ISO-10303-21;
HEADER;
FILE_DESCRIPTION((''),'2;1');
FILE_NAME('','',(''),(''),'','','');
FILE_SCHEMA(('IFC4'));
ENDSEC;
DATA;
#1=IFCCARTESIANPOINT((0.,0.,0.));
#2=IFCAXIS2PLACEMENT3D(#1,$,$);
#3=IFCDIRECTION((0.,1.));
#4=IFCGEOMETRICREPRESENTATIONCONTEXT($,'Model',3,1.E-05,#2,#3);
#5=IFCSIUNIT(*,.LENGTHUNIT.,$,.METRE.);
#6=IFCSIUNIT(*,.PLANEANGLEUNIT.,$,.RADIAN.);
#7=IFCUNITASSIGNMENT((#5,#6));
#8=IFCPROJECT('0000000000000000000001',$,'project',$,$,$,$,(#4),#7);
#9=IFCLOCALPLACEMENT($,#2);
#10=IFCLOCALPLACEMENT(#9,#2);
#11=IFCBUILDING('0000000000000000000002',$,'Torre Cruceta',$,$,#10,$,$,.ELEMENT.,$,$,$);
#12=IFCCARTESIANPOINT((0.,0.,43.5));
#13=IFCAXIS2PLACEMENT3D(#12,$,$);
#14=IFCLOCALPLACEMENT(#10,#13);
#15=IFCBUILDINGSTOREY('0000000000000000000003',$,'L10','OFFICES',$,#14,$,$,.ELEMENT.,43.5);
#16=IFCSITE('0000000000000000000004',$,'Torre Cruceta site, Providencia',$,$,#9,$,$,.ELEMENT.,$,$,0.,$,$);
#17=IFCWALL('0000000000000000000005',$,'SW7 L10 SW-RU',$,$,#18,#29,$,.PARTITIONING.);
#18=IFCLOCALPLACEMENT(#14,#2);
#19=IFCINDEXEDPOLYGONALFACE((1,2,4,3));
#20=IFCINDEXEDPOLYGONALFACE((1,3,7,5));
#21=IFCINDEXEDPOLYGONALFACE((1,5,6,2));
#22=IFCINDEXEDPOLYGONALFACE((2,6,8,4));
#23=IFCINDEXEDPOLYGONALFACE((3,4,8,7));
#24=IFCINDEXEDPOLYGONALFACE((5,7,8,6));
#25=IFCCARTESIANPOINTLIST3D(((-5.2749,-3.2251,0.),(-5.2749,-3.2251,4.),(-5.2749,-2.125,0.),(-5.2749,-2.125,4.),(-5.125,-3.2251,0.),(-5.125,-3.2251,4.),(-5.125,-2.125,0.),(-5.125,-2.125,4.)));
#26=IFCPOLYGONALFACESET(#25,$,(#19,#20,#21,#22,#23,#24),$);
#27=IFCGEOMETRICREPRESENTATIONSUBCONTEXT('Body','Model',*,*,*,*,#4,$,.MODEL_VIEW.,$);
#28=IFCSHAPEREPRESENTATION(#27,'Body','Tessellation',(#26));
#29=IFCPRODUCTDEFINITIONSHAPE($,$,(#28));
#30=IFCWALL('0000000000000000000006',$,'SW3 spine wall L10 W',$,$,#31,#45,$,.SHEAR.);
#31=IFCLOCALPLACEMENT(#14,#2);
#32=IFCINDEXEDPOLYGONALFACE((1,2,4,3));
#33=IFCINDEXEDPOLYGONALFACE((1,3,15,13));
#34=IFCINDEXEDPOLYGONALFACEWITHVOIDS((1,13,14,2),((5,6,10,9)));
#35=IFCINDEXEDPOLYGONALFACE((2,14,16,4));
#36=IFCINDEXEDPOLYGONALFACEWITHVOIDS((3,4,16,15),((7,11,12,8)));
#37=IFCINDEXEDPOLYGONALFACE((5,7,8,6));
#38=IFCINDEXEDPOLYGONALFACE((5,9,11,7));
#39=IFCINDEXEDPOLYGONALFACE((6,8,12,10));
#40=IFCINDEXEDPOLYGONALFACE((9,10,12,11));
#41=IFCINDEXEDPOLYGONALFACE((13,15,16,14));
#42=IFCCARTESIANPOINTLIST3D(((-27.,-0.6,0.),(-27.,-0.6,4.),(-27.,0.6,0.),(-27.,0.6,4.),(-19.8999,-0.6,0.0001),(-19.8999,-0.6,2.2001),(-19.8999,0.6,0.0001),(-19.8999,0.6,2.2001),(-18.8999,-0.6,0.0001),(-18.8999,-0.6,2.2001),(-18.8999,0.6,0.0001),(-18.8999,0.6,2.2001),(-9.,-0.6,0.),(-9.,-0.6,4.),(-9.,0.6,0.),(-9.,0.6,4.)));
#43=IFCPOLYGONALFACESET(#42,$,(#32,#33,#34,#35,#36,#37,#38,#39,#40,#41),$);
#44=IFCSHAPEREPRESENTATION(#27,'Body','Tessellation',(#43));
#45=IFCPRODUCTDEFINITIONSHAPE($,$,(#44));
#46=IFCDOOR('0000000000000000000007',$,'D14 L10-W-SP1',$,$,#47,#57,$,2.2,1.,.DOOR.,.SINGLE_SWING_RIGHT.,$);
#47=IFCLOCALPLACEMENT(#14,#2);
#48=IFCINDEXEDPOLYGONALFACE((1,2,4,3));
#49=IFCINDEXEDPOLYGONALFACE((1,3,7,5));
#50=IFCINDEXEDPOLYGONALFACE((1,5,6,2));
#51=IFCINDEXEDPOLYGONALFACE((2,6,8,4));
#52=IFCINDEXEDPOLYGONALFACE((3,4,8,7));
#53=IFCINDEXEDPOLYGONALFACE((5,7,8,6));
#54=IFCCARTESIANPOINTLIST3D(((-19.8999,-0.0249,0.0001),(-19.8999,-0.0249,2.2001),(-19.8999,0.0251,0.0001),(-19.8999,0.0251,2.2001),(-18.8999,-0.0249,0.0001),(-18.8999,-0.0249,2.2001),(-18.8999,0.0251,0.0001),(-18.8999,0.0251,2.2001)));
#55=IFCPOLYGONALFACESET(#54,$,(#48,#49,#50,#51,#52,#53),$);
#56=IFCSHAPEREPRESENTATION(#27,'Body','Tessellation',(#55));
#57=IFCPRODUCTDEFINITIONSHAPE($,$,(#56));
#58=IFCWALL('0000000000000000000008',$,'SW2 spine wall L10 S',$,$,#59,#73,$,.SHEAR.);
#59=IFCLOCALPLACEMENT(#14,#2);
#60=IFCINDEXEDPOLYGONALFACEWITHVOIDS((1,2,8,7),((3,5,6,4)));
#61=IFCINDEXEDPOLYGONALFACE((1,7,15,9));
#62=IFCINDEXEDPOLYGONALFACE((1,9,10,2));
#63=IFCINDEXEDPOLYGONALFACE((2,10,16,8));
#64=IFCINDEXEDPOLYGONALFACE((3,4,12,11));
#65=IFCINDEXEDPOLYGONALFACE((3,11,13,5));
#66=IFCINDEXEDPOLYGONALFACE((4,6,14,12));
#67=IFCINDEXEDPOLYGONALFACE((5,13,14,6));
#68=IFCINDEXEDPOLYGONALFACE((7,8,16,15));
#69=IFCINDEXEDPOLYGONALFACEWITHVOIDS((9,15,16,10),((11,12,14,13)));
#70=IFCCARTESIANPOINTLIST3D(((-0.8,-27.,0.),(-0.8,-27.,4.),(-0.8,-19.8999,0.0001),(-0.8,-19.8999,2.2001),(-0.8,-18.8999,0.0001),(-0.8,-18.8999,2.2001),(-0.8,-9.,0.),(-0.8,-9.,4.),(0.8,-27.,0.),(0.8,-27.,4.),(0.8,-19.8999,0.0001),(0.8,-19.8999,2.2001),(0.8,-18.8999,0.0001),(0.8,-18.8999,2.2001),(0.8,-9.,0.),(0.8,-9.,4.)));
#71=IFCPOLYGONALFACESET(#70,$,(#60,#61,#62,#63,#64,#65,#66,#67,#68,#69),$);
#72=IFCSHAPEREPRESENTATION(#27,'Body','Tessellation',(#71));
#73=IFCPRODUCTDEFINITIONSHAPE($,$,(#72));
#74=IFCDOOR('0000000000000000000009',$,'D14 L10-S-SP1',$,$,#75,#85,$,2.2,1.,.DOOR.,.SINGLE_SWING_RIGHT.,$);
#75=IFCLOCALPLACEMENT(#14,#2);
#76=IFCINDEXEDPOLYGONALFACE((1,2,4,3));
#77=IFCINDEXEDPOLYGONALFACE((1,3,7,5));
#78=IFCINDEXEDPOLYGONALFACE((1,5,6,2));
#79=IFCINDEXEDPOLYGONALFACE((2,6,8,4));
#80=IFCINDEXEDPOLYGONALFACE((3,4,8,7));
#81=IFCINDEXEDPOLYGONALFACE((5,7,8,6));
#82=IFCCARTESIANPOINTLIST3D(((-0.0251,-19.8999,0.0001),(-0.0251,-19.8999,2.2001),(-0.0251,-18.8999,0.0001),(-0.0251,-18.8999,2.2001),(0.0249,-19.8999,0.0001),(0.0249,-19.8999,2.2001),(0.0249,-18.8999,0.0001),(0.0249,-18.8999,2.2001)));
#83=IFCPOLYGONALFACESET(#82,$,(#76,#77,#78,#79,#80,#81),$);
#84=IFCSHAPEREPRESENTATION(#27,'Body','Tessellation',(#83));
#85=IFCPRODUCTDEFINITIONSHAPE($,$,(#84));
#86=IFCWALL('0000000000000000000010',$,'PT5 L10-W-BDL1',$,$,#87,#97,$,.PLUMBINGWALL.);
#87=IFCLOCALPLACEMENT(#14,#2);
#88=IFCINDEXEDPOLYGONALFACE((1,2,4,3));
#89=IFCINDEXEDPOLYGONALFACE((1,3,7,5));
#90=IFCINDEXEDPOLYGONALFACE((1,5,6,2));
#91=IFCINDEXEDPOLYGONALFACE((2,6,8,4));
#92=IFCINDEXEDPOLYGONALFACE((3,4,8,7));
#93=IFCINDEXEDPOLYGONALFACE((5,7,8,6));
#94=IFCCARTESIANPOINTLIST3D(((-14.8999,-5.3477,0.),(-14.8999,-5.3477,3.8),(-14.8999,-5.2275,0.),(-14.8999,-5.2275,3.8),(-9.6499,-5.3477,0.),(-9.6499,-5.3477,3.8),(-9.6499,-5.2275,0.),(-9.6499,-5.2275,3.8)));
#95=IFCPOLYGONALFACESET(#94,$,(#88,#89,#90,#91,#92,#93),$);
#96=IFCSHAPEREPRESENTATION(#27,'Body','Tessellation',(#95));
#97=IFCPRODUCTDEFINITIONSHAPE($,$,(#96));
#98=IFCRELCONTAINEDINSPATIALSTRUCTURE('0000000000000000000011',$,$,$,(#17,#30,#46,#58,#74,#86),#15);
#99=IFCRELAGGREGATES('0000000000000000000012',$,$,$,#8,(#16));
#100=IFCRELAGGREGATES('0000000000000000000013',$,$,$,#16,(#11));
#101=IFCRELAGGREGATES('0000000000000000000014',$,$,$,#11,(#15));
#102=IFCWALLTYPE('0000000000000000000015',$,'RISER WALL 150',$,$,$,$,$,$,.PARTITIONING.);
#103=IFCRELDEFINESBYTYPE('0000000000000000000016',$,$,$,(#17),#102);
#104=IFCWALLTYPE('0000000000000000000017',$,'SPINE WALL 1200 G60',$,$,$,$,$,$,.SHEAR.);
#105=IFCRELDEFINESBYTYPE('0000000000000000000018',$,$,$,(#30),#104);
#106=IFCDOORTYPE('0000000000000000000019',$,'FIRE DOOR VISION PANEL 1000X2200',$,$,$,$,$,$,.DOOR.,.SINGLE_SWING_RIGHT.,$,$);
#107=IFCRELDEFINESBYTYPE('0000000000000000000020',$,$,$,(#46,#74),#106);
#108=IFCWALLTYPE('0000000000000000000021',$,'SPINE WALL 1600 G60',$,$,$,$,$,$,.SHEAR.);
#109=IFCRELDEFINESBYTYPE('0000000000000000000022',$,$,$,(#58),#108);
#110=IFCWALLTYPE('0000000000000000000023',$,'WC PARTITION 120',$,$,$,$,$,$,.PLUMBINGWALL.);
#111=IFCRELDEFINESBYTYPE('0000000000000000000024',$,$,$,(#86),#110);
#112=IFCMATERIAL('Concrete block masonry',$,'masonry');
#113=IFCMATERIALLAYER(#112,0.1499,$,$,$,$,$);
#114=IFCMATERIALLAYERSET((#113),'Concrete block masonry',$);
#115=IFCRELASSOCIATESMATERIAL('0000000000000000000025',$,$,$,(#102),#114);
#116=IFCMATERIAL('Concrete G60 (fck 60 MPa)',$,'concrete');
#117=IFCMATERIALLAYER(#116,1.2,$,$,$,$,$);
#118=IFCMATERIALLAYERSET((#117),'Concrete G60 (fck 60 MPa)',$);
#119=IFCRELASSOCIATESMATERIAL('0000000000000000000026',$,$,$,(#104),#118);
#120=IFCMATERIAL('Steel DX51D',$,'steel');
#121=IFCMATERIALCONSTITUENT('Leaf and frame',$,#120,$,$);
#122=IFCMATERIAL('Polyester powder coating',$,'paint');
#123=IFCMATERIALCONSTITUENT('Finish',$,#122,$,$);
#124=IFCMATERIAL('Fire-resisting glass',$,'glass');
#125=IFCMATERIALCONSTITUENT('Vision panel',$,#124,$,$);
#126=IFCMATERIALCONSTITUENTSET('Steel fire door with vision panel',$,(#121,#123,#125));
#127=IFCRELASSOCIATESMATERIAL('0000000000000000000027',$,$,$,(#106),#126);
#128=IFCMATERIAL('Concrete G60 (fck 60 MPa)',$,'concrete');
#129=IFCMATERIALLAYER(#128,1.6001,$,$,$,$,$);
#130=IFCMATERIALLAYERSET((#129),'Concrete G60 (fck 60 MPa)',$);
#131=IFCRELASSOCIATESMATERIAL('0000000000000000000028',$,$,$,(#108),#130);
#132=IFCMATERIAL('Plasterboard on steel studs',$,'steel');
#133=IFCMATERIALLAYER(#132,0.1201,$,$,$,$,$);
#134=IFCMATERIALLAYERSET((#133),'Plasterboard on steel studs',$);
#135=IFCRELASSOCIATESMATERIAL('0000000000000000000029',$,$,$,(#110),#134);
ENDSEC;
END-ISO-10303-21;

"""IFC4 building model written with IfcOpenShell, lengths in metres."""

from ifc_helpers import new_model, si_unit, direction, frame, frame_2d, origin, place, context, subcontext, project, spatial, rectangle, extrude, material, layer, layer_set, constituent, constituent_set, type_object, element, fill, save


model = new_model("IFC4")

# Units and contexts
model_context = context("Model", 3, precision=1e-05, world=origin(), true_north=direction((0.0, 1.0)))
body_context = subcontext(model_context, "Body", "Model", "MODEL_VIEW")
ifc_project = project(units=[si_unit("LENGTHUNIT", "METRE"), si_unit("PLANEANGLEUNIT", "RADIAN")], contexts=[model_context])

# Site, building, storey
site_placement = place(None, origin())
site = spatial("IfcSite", under=ifc_project, at=site_placement, Name="Torre Cruceta site, Providencia", CompositionType="ELEMENT", RefElevation=0.0)
building_placement = place(site_placement, origin())
building = spatial("IfcBuilding", under=site, at=building_placement, Name="Torre Cruceta", CompositionType="ELEMENT")
storey_placement = place(building_placement, frame((0.0, 0.0, 43.5)))
storey = spatial("IfcBuildingStorey", under=building, at=storey_placement, Name="L10", Description="OFFICES", CompositionType="ELEMENT", Elevation=43.5)

# Shared definitions
ifc_material_1 = material(Name="Concrete block masonry", Category="masonry")
ifc_layer_1 = layer(ifc_material_1, 0.1499)
ifc_layer_set_1 = layer_set([ifc_layer_1], Name="Concrete block masonry")
wall_type_1 = type_object("IfcWallType", Name="RISER WALL 150", PredefinedType="PARTITIONING", material=ifc_layer_set_1)

# Wall
wall_1_placement = place(storey_placement, frame((-5.2, -2.125, 0.0), z_axis=(0.0, 0.0, 1.0), x_axis=(0.0, -1.0, 0.0)))
element("IfcWall", 1, at=wall_1_placement, inside=storey, type_object=wall_type_1, Name="SW7 L10 SW-RU", PredefinedType="PARTITIONING", context=body_context, shape_type="SweptSolid", body=[
    extrude(rectangle(XDim=1.1001, YDim=0.1499, at=frame_2d((0.55, 0.0))), origin(), (0.0, 0.0, 1.0), 4.0),
])

# Walls, openings, doors
ifc_material_2 = material(Name="Concrete G60 (fck 60 MPa)", Category="concrete")
ifc_layer_2 = layer(ifc_material_2, 1.2)
ifc_layer_set_2 = layer_set([ifc_layer_2], Name="Concrete G60 (fck 60 MPa)")
wall_type_2 = type_object("IfcWallType", Name="SPINE WALL 1200 G60", PredefinedType="SHEAR", material=ifc_layer_set_2)
wall_2_placement = place(storey_placement, frame((-9.0, 0.0, 0.0), z_axis=(0.0, 0.0, 1.0), x_axis=(-1.0, 0.0, 0.0)))
wall_2 = element("IfcWall", 2, at=wall_2_placement, inside=storey, type_object=wall_type_2, Name="SW3 spine wall L10 W", PredefinedType="SHEAR", context=body_context, shape_type="SweptSolid", body=[
    extrude(rectangle(XDim=18.0, YDim=1.2, at=frame_2d((9.0, 0.0))), origin(), (0.0, 0.0, 1.0), 4.0),
])
opening_1_placement = place(wall_2_placement, frame((9.8999, 0.0, 0.0)))
opening_1 = element("IfcOpeningElement", 3, at=opening_1_placement, cuts=wall_2, PredefinedType="OPENING", context=body_context, shape_type="SweptSolid", body=[
    extrude(rectangle(XDim=1.0, YDim=2.2, at=frame_2d((0.5, 1.1001))), frame((0.0, 0.6099, 0.0), z_axis=(0.0, -1.0, 0.0), x_axis=(1.0, 0.0, 0.0)), (0.0, 0.0, 1.0), 1.22),
])
ifc_material_3 = material(Name="Steel DX51D", Category="steel")
ifc_constituent_1 = constituent(ifc_material_3, Name="Leaf and frame")
ifc_material_4 = material(Name="Polyester powder coating", Category="paint")
ifc_constituent_2 = constituent(ifc_material_4, Name="Finish")
ifc_material_5 = material(Name="Fire-resisting glass", Category="glass")
ifc_constituent_3 = constituent(ifc_material_5, Name="Vision panel")
ifc_constituent_set_1 = constituent_set(constituents=[ifc_constituent_1, ifc_constituent_2, ifc_constituent_3], Name="Steel fire door with vision panel")
door_type_1 = type_object("IfcDoorType", Name="FIRE DOOR VISION PANEL 1000X2200", OperationType="SINGLE_SWING_RIGHT", PredefinedType="DOOR", material=ifc_constituent_set_1)
door_1_placement = place(opening_1_placement, origin())
door_1 = element("IfcDoor", 4, at=door_1_placement, inside=storey, type_object=door_type_1, Name="D14 L10-W-SP1", OperationType="SINGLE_SWING_RIGHT", OverallHeight=2.2, OverallWidth=1.0, PredefinedType="DOOR", context=body_context, shape_type="SweptSolid", body=[
    extrude(rectangle(XDim=1.0, YDim=2.2, at=frame_2d((0.5, 1.1001))), frame((0.0, 0.0249, 0.0), z_axis=(0.0, -1.0, 0.0), x_axis=(1.0, 0.0, 0.0)), (0.0, 0.0, 1.0), 0.05),
])
fill(opening_1, door_1)
ifc_material_6 = material(Name="Concrete G60 (fck 60 MPa)", Category="concrete")
ifc_layer_3 = layer(ifc_material_6, 1.6001)
ifc_layer_set_3 = layer_set([ifc_layer_3], Name="Concrete G60 (fck 60 MPa)")
wall_type_3 = type_object("IfcWallType", Name="SPINE WALL 1600 G60", PredefinedType="SHEAR", material=ifc_layer_set_3)
wall_3_placement = place(storey_placement, frame((0.0, -9.0, 0.0), z_axis=(0.0, 0.0, 1.0), x_axis=(0.0, -1.0, 0.0)))
wall_3 = element("IfcWall", 5, at=wall_3_placement, inside=storey, type_object=wall_type_3, Name="SW2 spine wall L10 S", PredefinedType="SHEAR", context=body_context, shape_type="SweptSolid", body=[
    extrude(rectangle(XDim=18.0, YDim=1.6001, at=frame_2d((9.0, 0.0))), origin(), (0.0, 0.0, 1.0), 4.0),
])
opening_2_placement = place(wall_3_placement, frame((9.8999, 0.0, 0.0)))
opening_2 = element("IfcOpeningElement", 6, at=opening_2_placement, cuts=wall_3, PredefinedType="OPENING", context=body_context, shape_type="SweptSolid", body=[
    extrude(rectangle(XDim=1.0, YDim=2.2, at=frame_2d((0.5, 1.1001))), frame((0.0, 0.8101, 0.0), z_axis=(0.0, -1.0, 0.0), x_axis=(1.0, 0.0, 0.0)), (0.0, 0.0, 1.0), 1.6201),
])
door_2_placement = place(opening_2_placement, frame((1.0, 0.0, 0.0), z_axis=(0.0, 0.0, 1.0), x_axis=(-1.0, 0.0, 0.0)))
door_2 = element("IfcDoor", 7, at=door_2_placement, inside=storey, type_object=door_type_1, Name="D14 L10-S-SP1", OperationType="SINGLE_SWING_RIGHT", OverallHeight=2.2, OverallWidth=1.0, PredefinedType="DOOR", context=body_context, shape_type="SweptSolid", body=[
    extrude(rectangle(XDim=1.0, YDim=2.2, at=frame_2d((0.5, 1.1001))), frame((0.0, 0.0251, 0.0), z_axis=(0.0, -1.0, 0.0), x_axis=(1.0, 0.0, 0.0)), (0.0, 0.0, 1.0), 0.05),
])
fill(opening_2, door_2)

# Wall
ifc_material_7 = material(Name="Plasterboard on steel studs", Category="steel")
ifc_layer_4 = layer(ifc_material_7, 0.1201)
ifc_layer_set_4 = layer_set([ifc_layer_4], Name="Plasterboard on steel studs")
wall_type_4 = type_object("IfcWallType", Name="WC PARTITION 120", PredefinedType="PLUMBINGWALL", material=ifc_layer_set_4)
wall_4_placement = place(storey_placement, frame((-9.6499, -5.2876, 0.0), z_axis=(0.0, 0.0, 1.0), x_axis=(-1.0, 0.0, 0.0)))
element("IfcWall", 8, at=wall_4_placement, inside=storey, type_object=wall_type_4, Name="PT5 L10-W-BDL1", PredefinedType="PLUMBINGWALL", context=body_context, shape_type="SweptSolid", body=[
    extrude(rectangle(XDim=5.25, YDim=0.1201, at=frame_2d((2.625, 0.0))), origin(), (0.0, 0.0, 1.0), 3.8),
])

save(model, "model.ifc")
